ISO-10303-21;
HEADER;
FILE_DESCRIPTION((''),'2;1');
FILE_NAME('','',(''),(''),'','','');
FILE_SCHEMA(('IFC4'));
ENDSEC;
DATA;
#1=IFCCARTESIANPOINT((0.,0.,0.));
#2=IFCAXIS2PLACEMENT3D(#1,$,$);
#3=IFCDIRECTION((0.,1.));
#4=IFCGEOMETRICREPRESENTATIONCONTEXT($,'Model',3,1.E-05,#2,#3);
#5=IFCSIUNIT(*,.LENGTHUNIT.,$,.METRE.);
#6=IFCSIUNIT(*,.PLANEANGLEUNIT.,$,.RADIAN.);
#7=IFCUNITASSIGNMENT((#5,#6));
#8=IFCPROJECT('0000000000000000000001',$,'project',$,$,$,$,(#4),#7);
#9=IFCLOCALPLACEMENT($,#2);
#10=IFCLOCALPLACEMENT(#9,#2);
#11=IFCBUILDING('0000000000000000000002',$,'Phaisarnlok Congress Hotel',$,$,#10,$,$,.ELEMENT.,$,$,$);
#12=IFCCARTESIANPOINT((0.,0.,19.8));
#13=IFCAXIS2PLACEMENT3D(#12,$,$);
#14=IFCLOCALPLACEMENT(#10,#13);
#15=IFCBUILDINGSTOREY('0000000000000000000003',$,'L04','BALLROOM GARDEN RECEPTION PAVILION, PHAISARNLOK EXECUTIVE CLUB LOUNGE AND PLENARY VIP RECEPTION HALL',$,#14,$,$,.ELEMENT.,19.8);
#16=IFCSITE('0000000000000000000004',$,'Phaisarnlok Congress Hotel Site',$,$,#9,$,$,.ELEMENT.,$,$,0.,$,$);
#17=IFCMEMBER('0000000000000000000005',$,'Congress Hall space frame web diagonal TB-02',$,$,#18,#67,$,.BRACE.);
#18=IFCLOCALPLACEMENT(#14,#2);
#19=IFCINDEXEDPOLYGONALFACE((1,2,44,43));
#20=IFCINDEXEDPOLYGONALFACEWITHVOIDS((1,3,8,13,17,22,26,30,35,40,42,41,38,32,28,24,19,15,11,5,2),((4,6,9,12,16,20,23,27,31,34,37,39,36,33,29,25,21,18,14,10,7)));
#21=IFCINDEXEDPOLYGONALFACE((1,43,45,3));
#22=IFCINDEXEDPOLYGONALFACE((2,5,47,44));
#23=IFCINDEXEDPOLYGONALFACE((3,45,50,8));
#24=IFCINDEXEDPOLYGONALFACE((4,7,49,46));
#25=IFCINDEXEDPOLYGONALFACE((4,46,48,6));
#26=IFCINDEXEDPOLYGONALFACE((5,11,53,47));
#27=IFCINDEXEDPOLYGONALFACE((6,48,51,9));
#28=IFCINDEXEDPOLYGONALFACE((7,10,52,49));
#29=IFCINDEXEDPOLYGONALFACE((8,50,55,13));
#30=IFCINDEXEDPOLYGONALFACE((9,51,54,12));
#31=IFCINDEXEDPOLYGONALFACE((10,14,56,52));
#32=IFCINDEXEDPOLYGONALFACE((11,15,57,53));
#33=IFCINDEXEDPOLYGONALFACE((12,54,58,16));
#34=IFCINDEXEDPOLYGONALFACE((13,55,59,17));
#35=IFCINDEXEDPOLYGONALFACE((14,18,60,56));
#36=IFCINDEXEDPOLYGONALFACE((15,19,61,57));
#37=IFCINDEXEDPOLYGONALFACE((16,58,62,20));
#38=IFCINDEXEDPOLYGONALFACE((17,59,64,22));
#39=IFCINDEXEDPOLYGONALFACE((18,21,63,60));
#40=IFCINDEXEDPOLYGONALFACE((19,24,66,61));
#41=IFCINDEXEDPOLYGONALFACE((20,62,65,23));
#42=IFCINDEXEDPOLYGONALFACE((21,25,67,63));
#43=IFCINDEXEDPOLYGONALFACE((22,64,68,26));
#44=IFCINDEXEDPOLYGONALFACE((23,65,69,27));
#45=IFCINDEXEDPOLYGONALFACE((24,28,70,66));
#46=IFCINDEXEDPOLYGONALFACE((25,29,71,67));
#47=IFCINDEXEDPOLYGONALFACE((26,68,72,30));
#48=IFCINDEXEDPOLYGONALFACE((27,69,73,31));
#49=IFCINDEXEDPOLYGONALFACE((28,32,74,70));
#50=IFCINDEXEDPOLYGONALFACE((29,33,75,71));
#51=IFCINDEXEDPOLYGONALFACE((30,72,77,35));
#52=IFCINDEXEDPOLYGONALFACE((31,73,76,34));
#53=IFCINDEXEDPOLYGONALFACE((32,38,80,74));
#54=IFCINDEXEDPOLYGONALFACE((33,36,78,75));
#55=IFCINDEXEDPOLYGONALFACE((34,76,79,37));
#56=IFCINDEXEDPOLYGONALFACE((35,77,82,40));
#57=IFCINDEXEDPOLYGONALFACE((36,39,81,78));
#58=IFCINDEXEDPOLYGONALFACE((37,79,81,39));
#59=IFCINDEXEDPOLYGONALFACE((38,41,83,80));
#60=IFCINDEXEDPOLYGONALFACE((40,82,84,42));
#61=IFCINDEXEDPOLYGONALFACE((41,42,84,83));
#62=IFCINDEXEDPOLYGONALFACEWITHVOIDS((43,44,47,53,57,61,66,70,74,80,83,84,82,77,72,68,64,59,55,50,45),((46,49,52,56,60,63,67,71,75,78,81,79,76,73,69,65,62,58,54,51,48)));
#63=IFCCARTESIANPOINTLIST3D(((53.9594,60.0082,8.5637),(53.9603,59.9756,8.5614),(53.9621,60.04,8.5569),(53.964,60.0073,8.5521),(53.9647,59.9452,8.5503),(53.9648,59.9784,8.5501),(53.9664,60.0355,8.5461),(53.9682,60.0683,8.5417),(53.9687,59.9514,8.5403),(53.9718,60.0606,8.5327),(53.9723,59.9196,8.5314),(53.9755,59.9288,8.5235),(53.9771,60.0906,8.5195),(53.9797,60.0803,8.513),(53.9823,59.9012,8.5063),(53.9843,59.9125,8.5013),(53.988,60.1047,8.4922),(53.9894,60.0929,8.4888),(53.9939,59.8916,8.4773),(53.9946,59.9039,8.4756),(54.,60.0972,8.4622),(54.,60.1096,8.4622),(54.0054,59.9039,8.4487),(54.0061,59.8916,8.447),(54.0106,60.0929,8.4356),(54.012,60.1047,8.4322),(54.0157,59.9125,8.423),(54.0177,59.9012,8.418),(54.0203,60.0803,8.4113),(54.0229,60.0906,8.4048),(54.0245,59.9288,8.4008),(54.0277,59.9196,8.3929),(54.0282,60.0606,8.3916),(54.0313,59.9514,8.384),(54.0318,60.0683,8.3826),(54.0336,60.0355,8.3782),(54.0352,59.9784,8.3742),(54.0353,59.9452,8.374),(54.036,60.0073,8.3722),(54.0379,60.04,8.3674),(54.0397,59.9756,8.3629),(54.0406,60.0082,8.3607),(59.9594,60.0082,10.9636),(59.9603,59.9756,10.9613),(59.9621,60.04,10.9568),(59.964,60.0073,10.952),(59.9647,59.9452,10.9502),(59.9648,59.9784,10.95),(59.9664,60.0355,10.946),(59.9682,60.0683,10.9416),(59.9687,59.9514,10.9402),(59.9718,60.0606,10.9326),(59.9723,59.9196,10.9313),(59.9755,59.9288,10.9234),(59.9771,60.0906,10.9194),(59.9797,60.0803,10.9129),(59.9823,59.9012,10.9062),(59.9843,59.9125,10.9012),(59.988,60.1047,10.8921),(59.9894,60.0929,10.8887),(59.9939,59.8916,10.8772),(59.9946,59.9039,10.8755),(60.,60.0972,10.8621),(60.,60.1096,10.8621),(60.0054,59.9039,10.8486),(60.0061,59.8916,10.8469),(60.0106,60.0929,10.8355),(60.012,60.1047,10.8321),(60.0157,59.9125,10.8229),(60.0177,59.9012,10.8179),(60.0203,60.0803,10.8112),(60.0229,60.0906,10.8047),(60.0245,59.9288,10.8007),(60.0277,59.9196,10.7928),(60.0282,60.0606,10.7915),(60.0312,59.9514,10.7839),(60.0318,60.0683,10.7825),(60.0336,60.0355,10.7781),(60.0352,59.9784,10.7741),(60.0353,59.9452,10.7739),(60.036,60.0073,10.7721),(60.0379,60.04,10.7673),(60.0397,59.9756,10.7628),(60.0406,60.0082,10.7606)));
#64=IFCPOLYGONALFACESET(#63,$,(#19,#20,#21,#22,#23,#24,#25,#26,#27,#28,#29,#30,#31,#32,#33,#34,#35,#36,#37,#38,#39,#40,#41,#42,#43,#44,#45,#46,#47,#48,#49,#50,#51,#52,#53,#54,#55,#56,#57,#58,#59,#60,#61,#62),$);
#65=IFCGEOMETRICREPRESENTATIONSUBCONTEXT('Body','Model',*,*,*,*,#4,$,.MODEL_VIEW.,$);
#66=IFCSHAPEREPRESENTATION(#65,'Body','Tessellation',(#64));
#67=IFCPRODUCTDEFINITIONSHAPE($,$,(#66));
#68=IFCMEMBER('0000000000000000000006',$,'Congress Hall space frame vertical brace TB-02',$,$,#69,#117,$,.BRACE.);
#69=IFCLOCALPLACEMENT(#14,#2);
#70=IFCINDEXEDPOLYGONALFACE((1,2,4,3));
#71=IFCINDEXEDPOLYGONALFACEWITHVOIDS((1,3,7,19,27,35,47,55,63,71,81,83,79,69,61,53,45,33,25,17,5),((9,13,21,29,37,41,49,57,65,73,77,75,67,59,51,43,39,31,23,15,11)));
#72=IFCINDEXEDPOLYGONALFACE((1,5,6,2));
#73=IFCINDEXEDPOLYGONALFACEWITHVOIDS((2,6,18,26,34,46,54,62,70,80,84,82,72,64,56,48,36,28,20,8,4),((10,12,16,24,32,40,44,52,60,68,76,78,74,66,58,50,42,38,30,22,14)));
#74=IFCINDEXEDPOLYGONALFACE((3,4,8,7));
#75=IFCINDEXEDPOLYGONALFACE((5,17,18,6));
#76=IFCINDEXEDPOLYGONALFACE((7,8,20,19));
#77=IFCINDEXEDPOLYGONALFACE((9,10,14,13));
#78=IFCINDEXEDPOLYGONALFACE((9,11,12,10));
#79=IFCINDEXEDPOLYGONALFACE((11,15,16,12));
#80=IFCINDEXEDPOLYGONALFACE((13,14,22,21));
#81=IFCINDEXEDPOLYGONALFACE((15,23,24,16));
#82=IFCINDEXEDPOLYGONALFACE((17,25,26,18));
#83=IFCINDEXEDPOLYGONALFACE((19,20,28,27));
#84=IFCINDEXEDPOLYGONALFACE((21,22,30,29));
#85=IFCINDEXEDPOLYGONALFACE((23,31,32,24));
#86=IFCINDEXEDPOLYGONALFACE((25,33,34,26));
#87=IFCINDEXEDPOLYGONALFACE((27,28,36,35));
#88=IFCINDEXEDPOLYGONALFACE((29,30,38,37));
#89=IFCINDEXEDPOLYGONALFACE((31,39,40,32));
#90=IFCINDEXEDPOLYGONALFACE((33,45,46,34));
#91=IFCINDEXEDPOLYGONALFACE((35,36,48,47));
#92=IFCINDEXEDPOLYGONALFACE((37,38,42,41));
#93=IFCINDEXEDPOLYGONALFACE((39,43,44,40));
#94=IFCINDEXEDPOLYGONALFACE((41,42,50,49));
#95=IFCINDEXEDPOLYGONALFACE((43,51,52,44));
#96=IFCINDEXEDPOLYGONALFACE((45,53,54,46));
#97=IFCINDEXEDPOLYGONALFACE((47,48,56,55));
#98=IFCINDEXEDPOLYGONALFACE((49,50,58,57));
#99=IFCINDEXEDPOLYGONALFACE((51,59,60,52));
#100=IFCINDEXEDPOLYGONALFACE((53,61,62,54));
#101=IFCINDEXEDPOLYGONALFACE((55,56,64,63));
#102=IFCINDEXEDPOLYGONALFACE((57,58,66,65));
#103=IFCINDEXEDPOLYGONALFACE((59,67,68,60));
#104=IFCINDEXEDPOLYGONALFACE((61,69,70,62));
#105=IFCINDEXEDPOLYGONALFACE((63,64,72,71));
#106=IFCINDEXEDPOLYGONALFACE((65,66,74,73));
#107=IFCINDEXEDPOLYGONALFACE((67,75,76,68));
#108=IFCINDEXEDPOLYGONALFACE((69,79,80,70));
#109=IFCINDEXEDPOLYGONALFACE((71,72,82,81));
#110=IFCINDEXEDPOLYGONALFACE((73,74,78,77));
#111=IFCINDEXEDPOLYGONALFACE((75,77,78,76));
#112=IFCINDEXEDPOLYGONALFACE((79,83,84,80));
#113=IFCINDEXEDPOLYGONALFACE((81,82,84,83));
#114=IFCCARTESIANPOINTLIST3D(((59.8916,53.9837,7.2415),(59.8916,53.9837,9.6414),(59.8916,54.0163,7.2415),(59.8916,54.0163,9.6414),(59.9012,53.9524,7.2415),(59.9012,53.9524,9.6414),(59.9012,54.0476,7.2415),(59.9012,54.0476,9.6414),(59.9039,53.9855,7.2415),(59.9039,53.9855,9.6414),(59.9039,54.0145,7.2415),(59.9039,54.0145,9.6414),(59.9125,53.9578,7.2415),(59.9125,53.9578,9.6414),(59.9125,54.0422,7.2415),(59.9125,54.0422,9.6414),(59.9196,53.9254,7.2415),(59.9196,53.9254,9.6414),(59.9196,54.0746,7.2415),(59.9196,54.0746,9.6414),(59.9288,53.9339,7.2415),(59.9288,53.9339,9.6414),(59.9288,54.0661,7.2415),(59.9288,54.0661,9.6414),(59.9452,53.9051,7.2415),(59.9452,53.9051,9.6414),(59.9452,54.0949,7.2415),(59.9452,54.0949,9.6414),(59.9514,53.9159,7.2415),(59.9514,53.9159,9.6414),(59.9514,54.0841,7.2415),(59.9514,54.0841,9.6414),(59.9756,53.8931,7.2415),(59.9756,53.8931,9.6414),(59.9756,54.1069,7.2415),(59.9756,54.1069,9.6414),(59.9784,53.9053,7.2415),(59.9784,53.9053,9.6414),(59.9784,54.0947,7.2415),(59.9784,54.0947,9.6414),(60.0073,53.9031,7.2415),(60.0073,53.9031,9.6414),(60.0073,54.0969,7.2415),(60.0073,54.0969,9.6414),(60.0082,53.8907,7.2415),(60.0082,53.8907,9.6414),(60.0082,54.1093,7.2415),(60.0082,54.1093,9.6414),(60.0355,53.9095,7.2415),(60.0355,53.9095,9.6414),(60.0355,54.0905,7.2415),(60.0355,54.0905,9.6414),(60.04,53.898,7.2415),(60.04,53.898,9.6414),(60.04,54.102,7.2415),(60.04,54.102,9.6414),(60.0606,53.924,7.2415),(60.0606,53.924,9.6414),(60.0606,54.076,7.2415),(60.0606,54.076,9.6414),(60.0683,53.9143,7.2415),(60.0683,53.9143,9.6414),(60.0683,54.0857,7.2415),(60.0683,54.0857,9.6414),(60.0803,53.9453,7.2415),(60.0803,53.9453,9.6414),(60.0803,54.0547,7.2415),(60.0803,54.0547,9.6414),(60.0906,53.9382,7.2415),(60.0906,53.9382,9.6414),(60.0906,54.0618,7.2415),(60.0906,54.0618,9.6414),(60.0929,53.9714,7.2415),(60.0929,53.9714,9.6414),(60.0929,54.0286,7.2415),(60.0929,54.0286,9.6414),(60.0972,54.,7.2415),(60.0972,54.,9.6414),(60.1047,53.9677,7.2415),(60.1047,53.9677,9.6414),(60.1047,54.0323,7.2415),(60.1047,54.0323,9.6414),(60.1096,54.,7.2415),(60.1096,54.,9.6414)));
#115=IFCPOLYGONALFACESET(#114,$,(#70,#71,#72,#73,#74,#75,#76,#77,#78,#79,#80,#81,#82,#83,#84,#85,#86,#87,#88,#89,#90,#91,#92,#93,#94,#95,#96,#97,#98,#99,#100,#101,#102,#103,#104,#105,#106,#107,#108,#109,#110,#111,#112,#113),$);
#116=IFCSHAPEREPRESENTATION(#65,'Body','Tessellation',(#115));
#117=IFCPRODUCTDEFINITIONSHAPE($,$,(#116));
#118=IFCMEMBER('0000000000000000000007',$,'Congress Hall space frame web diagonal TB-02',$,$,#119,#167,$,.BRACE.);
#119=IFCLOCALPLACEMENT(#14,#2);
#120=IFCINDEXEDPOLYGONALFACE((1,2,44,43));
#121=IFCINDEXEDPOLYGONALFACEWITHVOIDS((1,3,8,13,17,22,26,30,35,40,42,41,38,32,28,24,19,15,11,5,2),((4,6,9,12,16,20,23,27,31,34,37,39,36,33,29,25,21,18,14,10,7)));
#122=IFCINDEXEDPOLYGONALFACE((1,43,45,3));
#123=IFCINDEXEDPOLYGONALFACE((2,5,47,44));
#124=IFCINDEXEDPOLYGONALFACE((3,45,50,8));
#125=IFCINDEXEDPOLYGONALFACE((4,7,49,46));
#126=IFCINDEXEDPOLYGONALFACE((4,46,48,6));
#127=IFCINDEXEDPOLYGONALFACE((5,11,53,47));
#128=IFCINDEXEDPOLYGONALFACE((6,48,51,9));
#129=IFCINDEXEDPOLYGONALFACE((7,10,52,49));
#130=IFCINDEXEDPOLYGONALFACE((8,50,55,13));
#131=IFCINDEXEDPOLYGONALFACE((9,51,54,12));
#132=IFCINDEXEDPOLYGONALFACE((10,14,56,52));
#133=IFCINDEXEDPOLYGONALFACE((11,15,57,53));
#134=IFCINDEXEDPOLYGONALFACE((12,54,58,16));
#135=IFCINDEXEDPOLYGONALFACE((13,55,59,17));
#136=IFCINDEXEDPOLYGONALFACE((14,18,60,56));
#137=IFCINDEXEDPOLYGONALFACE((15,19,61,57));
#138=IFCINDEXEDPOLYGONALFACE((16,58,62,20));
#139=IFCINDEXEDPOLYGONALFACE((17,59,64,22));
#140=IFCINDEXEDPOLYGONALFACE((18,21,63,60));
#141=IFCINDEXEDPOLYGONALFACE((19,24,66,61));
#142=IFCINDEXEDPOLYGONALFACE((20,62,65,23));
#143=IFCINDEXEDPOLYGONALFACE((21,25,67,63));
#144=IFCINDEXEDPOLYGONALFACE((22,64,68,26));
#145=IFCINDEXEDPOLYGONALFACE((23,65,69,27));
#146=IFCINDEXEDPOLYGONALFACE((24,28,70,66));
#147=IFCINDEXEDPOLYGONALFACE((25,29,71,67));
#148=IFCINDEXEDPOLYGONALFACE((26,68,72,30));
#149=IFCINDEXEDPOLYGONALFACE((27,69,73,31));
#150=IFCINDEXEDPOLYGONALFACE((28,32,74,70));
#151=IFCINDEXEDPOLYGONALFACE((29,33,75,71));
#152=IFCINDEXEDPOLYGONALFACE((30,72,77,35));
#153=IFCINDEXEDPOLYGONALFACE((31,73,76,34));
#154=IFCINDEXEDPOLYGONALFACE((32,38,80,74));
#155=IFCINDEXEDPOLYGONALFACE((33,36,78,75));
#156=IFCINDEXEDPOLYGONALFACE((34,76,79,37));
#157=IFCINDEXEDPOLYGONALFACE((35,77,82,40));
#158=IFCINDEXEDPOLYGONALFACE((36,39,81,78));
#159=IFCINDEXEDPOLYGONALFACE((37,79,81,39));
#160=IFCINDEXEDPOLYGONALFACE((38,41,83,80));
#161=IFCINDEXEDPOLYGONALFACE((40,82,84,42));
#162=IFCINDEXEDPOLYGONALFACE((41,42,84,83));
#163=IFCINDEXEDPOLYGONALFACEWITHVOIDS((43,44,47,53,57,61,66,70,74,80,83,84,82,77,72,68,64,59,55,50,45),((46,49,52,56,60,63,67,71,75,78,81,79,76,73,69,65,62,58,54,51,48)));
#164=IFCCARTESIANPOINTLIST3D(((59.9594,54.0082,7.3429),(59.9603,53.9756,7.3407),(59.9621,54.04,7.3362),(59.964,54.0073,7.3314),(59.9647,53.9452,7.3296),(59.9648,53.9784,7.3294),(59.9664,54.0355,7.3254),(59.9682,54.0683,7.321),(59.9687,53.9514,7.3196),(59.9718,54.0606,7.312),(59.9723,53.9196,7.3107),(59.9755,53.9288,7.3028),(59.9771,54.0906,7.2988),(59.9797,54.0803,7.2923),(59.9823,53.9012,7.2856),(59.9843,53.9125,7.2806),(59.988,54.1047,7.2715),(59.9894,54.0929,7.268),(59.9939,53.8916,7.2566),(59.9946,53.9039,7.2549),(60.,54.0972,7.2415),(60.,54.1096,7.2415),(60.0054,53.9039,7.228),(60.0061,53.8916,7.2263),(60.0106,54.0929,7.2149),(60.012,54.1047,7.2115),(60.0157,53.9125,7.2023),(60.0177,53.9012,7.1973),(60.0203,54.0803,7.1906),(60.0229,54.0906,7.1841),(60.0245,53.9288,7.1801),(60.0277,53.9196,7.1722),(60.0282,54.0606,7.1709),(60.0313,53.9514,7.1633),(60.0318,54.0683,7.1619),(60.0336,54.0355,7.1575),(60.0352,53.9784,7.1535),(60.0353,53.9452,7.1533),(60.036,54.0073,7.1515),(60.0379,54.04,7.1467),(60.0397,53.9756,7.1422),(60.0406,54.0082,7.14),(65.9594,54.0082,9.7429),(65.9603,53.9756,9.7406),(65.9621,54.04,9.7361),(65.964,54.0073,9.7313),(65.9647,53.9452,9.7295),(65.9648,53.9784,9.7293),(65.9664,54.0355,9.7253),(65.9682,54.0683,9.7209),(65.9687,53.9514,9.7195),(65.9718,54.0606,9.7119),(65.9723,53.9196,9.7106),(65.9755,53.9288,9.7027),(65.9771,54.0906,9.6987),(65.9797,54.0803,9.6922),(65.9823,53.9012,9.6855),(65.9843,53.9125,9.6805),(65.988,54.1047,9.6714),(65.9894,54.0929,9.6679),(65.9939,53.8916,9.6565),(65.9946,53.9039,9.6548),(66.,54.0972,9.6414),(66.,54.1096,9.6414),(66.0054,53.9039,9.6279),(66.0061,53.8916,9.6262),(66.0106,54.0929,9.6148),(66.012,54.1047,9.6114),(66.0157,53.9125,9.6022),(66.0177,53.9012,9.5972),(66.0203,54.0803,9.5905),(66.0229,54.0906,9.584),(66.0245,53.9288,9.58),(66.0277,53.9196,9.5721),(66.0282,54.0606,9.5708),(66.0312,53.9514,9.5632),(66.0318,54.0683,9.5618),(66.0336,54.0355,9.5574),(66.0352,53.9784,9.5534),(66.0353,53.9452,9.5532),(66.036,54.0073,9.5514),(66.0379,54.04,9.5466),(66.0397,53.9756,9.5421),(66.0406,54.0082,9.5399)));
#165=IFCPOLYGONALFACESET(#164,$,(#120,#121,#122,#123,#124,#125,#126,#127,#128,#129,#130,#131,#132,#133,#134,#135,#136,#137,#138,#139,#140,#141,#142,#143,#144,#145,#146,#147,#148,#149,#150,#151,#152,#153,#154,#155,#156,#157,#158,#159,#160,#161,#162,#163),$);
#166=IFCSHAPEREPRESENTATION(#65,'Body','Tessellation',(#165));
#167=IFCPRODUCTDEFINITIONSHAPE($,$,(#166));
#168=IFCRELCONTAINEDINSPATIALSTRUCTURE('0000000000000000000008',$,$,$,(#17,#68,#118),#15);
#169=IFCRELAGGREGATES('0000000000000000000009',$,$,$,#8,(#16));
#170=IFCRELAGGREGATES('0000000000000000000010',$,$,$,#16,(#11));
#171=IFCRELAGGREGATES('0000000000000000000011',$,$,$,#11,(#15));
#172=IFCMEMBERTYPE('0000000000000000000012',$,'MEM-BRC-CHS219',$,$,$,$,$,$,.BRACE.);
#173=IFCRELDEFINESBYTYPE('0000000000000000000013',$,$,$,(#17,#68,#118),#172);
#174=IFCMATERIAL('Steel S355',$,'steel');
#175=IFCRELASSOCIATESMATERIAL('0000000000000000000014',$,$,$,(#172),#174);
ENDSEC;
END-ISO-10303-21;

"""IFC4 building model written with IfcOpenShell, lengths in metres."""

from ifc_helpers import new_model, si_unit, direction, frame, origin, origin_2d, place, context, subcontext, project, spatial, hollow_circle, extrude, material, material_profile, profile_set, type_object, element, save


model = new_model("IFC4")

# Units and contexts
model_context = context("Model", 3, precision=1e-05, world=origin(), true_north=direction((0.0, 1.0)))
body_context = subcontext(model_context, "Body", "Model", "MODEL_VIEW")
ifc_project = project(units=[si_unit("LENGTHUNIT", "METRE"), si_unit("PLANEANGLEUNIT", "RADIAN")], contexts=[model_context])

# Site, building, storey
site_placement = place(None, origin())
site = spatial("IfcSite", under=ifc_project, at=site_placement, Name="Phaisarnlok Congress Hotel Site", CompositionType="ELEMENT", RefElevation=0.0)
building_placement = place(site_placement, origin())
building = spatial("IfcBuilding", under=site, at=building_placement, Name="Phaisarnlok Congress Hotel", CompositionType="ELEMENT")
storey_placement = place(building_placement, frame((0.0, 0.0, 19.8)))
storey = spatial("IfcBuildingStorey", under=building, at=storey_placement, Name="L04", Description="BALLROOM GARDEN RECEPTION PAVILION, PHAISARNLOK EXECUTIVE CLUB LOUNGE AND PLENARY VIP RECEPTION HALL", CompositionType="ELEMENT", Elevation=19.8)

# Members
ifc_material = material(Name="Steel S355", Category="steel")
ifc_material_profile_1 = material_profile(ifc_material, hollow_circle(Radius=0.1096, WallThickness=0.0125, at=origin_2d()), Name="CHS 219.1x12.5")
ifc_profile_set_1 = profile_set([ifc_material_profile_1], Name="Steel S355")
member_type_1 = type_object("IfcMemberType", Name="MEM-BRC-CHS219", PredefinedType="BRACE", material=ifc_profile_set_1)
member_1_placement = place(storey_placement, frame((54.0, 60.0, 8.4622), z_axis=(0.928482, 0.0, 0.371378), x_axis=(0.0, 1.0, 0.0)))
element("IfcMember", 1, at=member_1_placement, inside=storey, type_object=member_type_1, Name="Congress Hall space frame web diagonal TB-02", PredefinedType="BRACE", context=body_context, shape_type="SweptSolid", body=[
    extrude(hollow_circle(Radius=0.1096, WallThickness=0.0125, at=origin_2d()), origin(), (0.0, 0.0, 1.0), 6.4622),
])
member_2_placement = place(storey_placement, frame((60.0, 54.0, 7.2415), z_axis=(0.0, 0.0, 1.0), x_axis=(1.0, 0.0, 0.0)))
element("IfcMember", 2, at=member_2_placement, inside=storey, type_object=member_type_1, Name="Congress Hall space frame vertical brace TB-02", PredefinedType="BRACE", context=body_context, shape_type="SweptSolid", body=[
    extrude(hollow_circle(Radius=0.1096, WallThickness=0.0125, at=origin_2d()), origin(), (0.0, 0.0, 1.0), 2.3999),
])
member_3_placement = place(storey_placement, frame((60.0, 54.0, 7.2415), z_axis=(0.928482, 0.0, 0.371378), x_axis=(0.0, 1.0, 0.0)))
element("IfcMember", 3, at=member_3_placement, inside=storey, type_object=member_type_1, Name="Congress Hall space frame web diagonal TB-02", PredefinedType="BRACE", context=body_context, shape_type="SweptSolid", body=[
    extrude(hollow_circle(Radius=0.1096, WallThickness=0.0125, at=origin_2d()), origin(), (0.0, 0.0, 1.0), 6.4622),
])

save(model, "model.ifc")
